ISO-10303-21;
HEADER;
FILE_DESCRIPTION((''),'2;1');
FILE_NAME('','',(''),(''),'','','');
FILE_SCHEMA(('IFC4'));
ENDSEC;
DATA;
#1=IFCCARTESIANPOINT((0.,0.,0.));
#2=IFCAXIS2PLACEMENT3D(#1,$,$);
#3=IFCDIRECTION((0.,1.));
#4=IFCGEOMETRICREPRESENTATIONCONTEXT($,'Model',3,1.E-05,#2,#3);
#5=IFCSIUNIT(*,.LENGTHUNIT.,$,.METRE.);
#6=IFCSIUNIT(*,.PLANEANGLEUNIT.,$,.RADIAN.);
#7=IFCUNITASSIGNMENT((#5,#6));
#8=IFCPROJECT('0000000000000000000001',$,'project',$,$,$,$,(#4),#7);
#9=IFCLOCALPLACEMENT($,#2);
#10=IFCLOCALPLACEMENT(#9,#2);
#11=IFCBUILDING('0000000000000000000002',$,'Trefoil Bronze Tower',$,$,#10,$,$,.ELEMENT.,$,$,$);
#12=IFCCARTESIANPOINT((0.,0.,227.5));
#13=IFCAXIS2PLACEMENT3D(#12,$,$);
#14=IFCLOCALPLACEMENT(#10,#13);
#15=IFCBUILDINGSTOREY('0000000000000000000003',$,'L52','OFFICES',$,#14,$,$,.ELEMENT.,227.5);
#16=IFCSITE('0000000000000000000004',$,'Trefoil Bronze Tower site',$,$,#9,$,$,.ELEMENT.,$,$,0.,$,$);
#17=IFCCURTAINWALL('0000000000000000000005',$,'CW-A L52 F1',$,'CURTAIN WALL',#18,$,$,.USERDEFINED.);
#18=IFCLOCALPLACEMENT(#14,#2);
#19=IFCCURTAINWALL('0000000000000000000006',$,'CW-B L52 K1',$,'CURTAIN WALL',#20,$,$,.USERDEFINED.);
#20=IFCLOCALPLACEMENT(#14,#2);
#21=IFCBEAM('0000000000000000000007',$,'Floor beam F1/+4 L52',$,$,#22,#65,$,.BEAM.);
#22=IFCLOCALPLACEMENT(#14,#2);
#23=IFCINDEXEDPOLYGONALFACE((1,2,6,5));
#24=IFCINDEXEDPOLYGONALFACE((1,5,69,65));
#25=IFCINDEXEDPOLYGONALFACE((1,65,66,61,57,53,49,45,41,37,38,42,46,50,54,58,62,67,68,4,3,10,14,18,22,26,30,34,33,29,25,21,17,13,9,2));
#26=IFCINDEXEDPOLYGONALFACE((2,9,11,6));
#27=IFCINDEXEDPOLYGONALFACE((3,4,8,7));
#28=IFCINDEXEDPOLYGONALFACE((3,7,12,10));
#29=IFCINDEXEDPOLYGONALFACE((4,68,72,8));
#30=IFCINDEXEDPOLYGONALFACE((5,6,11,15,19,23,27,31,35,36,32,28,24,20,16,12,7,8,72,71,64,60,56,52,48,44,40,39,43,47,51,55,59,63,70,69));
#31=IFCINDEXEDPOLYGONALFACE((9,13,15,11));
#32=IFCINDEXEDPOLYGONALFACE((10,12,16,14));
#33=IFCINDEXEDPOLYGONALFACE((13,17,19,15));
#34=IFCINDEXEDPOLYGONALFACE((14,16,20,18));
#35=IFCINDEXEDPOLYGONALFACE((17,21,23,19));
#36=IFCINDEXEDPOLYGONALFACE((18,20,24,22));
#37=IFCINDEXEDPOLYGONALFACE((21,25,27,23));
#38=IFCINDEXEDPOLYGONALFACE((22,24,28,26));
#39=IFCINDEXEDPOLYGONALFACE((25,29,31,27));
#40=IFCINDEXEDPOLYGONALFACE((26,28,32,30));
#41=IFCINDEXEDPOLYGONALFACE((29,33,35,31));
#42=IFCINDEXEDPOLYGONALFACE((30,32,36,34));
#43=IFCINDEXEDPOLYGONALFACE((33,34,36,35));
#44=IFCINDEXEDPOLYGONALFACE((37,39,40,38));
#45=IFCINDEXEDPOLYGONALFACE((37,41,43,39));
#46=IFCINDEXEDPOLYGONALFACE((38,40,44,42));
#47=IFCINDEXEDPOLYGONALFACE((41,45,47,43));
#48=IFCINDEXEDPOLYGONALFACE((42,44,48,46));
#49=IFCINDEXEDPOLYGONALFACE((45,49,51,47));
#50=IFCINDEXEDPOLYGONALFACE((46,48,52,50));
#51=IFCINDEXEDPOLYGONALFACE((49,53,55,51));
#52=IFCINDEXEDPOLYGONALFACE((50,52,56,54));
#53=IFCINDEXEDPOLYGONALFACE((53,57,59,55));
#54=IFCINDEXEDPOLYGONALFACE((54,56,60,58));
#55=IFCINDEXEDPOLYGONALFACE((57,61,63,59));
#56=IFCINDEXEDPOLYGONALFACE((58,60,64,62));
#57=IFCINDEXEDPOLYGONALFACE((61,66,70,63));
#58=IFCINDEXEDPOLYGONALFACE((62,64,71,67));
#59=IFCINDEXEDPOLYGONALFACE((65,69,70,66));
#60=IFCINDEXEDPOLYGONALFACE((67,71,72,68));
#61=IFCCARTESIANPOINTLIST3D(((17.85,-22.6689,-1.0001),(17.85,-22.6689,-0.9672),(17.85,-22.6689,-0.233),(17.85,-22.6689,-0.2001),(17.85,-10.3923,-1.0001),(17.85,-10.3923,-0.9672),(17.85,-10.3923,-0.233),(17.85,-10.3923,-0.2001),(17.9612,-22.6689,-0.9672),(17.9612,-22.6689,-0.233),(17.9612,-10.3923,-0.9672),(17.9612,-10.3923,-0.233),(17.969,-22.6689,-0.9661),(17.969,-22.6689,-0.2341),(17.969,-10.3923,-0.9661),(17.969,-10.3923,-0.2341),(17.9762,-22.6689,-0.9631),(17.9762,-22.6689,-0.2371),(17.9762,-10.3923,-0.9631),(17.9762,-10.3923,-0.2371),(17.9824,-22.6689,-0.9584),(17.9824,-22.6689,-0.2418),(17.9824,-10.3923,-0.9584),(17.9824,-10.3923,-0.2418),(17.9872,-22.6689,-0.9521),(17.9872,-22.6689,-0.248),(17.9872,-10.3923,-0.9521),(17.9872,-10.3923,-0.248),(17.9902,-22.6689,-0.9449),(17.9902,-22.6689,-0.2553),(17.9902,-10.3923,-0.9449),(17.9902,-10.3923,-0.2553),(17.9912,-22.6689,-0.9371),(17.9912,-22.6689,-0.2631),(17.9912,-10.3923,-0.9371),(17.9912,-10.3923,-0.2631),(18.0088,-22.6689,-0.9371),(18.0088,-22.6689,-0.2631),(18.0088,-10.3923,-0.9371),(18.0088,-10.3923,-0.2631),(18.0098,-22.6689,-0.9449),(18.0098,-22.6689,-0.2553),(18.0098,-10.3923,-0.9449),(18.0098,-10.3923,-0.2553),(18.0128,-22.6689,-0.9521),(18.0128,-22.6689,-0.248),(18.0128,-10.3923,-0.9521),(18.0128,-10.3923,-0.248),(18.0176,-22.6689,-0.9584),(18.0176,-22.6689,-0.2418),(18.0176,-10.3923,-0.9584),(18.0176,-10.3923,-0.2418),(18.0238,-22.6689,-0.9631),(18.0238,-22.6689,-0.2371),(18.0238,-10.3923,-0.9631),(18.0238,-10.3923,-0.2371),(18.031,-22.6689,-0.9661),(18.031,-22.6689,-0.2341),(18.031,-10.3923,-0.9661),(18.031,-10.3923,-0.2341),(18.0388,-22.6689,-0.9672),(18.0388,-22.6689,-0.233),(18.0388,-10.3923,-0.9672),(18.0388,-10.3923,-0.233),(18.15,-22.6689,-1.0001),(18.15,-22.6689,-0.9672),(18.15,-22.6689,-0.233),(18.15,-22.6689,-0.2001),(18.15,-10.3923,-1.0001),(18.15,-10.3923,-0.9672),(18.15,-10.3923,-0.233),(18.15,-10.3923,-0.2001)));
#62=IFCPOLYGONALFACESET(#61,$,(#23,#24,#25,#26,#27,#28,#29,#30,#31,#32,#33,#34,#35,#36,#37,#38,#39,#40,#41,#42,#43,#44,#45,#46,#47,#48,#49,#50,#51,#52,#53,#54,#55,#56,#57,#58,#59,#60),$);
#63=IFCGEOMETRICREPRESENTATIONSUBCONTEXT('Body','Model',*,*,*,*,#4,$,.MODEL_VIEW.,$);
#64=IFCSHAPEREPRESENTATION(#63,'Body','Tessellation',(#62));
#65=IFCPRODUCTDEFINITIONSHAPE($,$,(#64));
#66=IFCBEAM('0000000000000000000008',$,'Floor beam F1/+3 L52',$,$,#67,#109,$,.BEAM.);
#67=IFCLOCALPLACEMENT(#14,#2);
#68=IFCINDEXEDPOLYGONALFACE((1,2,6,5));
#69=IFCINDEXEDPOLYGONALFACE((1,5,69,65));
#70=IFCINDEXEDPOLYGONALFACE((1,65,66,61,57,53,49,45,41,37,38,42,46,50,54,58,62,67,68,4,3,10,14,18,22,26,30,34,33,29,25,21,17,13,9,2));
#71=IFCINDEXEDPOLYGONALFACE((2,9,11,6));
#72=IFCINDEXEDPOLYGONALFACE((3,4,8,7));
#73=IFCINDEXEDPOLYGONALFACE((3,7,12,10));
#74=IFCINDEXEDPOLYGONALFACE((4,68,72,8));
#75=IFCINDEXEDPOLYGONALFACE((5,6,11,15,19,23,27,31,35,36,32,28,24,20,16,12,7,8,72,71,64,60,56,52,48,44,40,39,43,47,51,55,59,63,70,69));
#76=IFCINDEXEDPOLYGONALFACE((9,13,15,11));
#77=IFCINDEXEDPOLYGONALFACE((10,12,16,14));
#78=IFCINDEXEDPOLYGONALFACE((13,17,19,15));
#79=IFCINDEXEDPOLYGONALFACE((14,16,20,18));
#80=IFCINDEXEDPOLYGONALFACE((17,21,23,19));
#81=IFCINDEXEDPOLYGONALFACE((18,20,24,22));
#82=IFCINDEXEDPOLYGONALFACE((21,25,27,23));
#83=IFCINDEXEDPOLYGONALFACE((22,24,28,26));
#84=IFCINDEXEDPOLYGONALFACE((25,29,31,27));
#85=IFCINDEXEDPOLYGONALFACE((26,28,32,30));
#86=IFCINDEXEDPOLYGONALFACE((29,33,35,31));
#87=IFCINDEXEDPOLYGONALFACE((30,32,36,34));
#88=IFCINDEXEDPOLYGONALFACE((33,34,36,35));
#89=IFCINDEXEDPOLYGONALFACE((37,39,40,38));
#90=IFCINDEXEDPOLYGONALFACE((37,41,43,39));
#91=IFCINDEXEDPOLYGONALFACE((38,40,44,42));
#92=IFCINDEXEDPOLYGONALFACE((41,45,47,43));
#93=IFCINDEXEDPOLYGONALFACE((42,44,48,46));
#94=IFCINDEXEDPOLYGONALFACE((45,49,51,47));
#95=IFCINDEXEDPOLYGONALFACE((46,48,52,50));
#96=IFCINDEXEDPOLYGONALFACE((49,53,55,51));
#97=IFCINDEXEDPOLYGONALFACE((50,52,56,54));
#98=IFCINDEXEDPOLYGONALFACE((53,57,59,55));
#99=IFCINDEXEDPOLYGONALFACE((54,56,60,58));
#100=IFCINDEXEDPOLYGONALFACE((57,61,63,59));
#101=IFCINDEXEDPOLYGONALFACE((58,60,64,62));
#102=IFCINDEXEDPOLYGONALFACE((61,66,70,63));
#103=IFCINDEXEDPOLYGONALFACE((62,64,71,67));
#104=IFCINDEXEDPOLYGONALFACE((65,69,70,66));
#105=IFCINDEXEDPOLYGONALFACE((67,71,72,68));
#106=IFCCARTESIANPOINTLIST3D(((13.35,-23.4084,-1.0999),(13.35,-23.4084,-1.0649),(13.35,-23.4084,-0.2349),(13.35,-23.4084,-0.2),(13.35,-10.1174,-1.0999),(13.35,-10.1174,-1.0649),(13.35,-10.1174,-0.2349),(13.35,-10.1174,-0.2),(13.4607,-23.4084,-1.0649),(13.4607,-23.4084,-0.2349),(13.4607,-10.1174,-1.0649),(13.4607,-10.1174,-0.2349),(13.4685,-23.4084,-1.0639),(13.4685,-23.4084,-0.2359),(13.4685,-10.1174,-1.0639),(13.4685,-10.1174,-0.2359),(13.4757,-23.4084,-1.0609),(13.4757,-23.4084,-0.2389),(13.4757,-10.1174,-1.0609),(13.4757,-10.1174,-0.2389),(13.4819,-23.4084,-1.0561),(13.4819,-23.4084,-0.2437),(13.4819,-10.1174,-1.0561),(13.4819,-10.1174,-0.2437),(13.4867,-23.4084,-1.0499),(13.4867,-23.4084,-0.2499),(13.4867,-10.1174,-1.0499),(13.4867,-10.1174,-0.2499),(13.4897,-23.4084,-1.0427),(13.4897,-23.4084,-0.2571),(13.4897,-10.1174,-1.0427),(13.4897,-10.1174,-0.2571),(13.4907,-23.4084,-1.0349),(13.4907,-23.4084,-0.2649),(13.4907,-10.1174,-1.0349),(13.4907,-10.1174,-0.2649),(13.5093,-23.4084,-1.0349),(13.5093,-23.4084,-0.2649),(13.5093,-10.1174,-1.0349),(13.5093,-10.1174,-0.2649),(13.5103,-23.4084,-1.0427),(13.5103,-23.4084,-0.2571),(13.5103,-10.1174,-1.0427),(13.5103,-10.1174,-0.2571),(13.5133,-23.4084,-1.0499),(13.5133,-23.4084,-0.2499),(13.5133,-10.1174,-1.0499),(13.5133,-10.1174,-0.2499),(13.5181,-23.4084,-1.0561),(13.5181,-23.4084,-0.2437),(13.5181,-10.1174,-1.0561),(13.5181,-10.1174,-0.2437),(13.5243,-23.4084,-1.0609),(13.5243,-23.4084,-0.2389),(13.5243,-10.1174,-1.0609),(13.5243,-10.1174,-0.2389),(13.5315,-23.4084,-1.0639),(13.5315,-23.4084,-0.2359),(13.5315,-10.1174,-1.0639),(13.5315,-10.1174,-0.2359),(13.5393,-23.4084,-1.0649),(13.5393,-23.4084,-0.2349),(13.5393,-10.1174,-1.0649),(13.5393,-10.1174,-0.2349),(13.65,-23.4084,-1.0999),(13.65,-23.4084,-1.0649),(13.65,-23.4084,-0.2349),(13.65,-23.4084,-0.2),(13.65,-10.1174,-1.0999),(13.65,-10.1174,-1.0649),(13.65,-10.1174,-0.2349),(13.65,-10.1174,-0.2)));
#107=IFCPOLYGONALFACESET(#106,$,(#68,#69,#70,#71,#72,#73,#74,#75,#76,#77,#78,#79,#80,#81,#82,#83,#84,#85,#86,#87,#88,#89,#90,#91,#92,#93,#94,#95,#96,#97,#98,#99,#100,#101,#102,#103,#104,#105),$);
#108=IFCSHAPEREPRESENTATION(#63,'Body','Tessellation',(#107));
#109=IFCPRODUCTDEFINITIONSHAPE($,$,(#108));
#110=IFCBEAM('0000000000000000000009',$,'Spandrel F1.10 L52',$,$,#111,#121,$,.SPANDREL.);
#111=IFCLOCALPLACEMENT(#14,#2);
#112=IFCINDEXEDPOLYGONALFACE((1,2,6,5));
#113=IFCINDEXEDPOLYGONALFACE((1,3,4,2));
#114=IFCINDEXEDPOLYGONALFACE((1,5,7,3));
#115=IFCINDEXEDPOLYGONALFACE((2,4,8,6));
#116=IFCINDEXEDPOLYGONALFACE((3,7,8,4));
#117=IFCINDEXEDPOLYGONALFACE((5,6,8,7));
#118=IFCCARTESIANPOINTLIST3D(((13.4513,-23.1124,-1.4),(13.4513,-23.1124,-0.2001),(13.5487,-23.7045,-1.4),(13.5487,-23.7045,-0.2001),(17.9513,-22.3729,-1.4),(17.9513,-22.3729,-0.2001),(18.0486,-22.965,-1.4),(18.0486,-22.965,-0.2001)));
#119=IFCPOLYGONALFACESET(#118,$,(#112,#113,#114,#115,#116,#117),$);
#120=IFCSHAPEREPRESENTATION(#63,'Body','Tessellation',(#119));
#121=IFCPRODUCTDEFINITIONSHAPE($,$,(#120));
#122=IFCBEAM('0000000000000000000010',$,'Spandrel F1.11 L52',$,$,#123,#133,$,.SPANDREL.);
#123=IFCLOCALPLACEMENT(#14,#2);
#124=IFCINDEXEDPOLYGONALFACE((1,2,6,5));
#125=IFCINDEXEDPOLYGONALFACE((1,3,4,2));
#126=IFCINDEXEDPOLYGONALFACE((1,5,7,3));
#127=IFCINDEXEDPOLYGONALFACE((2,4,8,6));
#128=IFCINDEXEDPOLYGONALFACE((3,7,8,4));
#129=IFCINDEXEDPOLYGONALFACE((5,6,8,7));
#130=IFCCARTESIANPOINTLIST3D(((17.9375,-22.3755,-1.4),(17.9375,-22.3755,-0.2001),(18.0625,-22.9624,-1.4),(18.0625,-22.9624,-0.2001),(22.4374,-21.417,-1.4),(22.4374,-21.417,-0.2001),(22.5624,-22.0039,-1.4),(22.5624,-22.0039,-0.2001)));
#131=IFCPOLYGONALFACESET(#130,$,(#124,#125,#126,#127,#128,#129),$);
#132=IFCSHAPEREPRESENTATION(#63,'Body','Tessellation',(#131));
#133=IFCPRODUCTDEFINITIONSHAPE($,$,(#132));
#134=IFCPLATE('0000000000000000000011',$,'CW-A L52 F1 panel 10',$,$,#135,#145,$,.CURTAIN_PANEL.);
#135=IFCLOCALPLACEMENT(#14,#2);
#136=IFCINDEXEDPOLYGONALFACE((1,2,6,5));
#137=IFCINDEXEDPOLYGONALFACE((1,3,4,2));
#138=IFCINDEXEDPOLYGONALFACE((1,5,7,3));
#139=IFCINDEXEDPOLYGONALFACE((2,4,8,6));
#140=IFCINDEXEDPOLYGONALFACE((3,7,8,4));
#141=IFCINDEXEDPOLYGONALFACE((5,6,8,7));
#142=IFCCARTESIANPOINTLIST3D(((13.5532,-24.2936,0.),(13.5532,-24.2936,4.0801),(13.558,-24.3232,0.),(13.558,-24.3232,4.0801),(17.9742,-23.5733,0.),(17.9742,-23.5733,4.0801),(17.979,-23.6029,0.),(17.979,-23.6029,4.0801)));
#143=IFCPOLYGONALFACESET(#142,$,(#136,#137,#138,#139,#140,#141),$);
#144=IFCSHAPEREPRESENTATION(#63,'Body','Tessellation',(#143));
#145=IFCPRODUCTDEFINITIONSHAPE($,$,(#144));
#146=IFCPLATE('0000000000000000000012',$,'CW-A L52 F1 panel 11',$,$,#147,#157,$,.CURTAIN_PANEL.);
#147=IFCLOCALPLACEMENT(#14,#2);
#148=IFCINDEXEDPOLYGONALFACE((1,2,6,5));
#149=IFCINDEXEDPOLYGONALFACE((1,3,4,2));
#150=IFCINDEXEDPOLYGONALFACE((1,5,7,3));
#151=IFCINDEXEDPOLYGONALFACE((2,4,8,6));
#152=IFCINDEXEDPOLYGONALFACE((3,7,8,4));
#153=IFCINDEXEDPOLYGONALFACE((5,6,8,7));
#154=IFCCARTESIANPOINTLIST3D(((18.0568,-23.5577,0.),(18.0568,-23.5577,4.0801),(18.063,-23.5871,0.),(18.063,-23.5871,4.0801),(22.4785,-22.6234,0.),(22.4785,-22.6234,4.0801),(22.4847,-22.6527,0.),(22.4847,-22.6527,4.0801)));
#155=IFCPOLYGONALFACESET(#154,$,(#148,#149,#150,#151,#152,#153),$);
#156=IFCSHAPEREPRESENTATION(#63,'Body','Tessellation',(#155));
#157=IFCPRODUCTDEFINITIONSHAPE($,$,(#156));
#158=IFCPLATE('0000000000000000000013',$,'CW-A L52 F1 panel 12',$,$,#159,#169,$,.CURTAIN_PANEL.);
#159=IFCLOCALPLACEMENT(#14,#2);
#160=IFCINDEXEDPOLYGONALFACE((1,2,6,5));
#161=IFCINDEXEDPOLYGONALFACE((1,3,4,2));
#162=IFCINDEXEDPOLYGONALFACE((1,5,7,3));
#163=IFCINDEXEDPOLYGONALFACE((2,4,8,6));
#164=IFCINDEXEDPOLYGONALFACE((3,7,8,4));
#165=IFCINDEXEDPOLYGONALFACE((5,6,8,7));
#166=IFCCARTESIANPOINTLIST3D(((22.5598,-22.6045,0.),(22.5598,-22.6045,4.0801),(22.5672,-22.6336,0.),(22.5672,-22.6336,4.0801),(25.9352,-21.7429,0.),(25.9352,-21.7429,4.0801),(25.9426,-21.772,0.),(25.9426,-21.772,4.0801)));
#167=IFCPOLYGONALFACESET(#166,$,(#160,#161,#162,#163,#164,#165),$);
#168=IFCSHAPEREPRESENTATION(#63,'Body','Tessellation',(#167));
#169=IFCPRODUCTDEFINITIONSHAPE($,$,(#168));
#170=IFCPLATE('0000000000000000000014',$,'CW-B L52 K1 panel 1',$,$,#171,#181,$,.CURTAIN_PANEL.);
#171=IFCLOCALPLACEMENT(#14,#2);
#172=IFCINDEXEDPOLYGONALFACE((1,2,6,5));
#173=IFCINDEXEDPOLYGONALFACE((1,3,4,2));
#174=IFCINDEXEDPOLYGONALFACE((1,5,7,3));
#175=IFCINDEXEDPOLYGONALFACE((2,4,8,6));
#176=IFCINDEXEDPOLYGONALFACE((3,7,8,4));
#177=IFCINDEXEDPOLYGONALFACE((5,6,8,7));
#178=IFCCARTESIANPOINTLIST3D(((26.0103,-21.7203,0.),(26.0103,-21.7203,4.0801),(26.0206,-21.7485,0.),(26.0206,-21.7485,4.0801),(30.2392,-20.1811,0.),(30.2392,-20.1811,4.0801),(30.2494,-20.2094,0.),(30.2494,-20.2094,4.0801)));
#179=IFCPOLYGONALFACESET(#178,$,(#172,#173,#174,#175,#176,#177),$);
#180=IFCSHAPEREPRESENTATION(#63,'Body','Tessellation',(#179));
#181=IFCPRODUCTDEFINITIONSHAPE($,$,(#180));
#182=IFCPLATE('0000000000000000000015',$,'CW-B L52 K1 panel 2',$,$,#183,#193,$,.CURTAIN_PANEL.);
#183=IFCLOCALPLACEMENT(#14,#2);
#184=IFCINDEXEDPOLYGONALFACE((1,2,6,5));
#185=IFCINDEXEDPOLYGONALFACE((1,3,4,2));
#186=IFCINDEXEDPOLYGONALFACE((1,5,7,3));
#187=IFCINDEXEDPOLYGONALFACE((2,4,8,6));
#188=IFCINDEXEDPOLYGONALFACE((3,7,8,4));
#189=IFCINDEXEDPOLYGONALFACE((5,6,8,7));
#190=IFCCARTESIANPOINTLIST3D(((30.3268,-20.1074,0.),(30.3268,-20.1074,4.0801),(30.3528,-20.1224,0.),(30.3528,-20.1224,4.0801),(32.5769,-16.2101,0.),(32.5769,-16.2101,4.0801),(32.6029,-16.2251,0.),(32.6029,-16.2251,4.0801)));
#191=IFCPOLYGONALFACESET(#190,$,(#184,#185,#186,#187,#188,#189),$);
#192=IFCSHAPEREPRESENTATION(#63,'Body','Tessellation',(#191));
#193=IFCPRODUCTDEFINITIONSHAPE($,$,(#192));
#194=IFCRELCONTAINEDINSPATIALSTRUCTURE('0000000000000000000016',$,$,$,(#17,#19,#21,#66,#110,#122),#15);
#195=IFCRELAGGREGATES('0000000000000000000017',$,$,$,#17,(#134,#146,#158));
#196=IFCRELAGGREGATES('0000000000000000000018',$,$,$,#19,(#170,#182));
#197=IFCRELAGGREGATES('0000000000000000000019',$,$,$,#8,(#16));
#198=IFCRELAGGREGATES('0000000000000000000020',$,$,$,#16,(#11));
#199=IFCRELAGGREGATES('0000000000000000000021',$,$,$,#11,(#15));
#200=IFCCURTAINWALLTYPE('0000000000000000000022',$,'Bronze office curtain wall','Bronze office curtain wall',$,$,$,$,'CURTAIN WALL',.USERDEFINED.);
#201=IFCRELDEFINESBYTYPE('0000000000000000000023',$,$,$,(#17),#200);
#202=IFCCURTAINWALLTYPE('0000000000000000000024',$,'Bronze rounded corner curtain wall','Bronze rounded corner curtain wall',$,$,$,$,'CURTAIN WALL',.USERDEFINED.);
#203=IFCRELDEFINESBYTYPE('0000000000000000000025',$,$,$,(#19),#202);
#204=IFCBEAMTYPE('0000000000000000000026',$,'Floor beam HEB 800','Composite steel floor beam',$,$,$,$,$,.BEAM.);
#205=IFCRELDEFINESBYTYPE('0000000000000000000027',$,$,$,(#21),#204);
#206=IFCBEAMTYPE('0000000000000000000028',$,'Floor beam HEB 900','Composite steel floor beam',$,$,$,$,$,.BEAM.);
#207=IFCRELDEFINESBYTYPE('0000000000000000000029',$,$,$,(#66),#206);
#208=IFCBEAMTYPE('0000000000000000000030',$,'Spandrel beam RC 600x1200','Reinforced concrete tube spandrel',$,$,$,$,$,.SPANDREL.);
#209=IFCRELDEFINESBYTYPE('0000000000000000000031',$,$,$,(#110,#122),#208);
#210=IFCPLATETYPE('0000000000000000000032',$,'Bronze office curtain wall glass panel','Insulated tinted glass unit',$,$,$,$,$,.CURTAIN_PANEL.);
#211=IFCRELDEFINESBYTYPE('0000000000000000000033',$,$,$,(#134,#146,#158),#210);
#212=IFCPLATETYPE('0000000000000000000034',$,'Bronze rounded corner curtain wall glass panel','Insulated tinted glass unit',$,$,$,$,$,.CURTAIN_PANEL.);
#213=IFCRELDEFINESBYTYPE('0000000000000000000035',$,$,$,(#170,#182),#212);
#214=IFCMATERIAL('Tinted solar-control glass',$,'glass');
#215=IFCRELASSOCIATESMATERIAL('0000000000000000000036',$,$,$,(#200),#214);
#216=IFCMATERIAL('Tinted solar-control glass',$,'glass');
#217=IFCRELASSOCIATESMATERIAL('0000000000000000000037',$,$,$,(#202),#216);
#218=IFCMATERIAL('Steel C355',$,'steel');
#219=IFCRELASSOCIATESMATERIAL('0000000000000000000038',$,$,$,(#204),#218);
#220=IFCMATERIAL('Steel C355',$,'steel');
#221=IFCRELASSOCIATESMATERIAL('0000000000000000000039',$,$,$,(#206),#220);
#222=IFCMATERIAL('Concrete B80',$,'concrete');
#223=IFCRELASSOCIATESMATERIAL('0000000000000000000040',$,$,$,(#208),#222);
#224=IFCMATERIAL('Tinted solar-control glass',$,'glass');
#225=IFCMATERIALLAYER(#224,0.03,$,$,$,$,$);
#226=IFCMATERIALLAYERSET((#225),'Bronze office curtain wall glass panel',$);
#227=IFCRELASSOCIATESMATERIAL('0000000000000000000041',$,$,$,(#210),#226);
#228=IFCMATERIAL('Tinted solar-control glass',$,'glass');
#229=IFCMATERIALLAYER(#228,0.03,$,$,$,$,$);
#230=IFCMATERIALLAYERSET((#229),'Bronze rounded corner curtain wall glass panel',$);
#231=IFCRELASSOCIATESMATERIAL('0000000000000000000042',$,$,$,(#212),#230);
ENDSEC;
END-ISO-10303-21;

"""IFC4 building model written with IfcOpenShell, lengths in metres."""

from ifc_helpers import new_model, si_unit, direction, frame, origin, origin_2d, place, context, subcontext, project, spatial, rectangle, i_section, extrude, material, layer, layer_set, material_profile, profile_set, type_object, element, aggregate, save


model = new_model("IFC4")

# Units and contexts
model_context = context("Model", 3, precision=1e-05, world=origin(), true_north=direction((0.0, 1.0)))
body_context = subcontext(model_context, "Body", "Model", "MODEL_VIEW")
ifc_project = project(units=[si_unit("LENGTHUNIT", "METRE"), si_unit("PLANEANGLEUNIT", "RADIAN")], contexts=[model_context])

# Site, building, storey
site_placement = place(None, origin())
site = spatial("IfcSite", under=ifc_project, at=site_placement, Name="Trefoil Bronze Tower site", CompositionType="ELEMENT", RefElevation=0.0)
building_placement = place(site_placement, origin())
building = spatial("IfcBuilding", under=site, at=building_placement, Name="Trefoil Bronze Tower", CompositionType="ELEMENT")
storey_placement = place(building_placement, frame((0.0, 0.0, 227.5)))
storey = spatial("IfcBuildingStorey", under=building, at=storey_placement, Name="L52", Description="OFFICES", CompositionType="ELEMENT", Elevation=227.5)

# Curtain walls
ifc_material_1 = material(Name="Tinted solar-control glass", Category="glass")
curtain_wall_type_1 = type_object("IfcCurtainWallType", Name="Bronze office curtain wall", Description="Bronze office curtain wall", ElementType="CURTAIN WALL", PredefinedType="USERDEFINED", material=ifc_material_1)
curtain_wall_1_placement = place(storey_placement, origin())
curtain_wall_1 = element("IfcCurtainWall", 1, at=curtain_wall_1_placement, inside=storey, type_object=curtain_wall_type_1, Name="CW-A L52 F1", ObjectType="CURTAIN WALL", PredefinedType="USERDEFINED")
ifc_material_2 = material(Name="Tinted solar-control glass", Category="glass")
curtain_wall_type_2 = type_object("IfcCurtainWallType", Name="Bronze rounded corner curtain wall", Description="Bronze rounded corner curtain wall", ElementType="CURTAIN WALL", PredefinedType="USERDEFINED", material=ifc_material_2)
curtain_wall_2_placement = place(storey_placement, origin())
curtain_wall_2 = element("IfcCurtainWall", 2, at=curtain_wall_2_placement, inside=storey, type_object=curtain_wall_type_2, Name="CW-B L52 K1", ObjectType="CURTAIN WALL", PredefinedType="USERDEFINED")

# Beams
ifc_material_3 = material(Name="Steel C355", Category="steel")
ifc_material_profile_1 = material_profile(ifc_material_3, i_section(OverallWidth=0.3, OverallDepth=0.8, WebThickness=0.0176, FlangeThickness=0.033, FilletRadius=0.03, at=origin_2d()), Name="HEB 800")
ifc_profile_set_1 = profile_set([ifc_material_profile_1], Name="Steel C355")
beam_type_1 = type_object("IfcBeamType", Name="Floor beam HEB 800", Description="Composite steel floor beam", PredefinedType="BEAM", material=ifc_profile_set_1)
beam_1_placement = place(storey_placement, frame((18.0, -22.6689, -0.6001), z_axis=(0.0, 1.0, 0.0), x_axis=(-1.0, 0.0, 0.0)))
element("IfcBeam", 3, at=beam_1_placement, inside=storey, type_object=beam_type_1, Name="Floor beam F1/+4 L52", PredefinedType="BEAM", context=body_context, shape_type="SweptSolid", body=[
    extrude(i_section(OverallWidth=0.3, OverallDepth=0.8, WebThickness=0.0176, FlangeThickness=0.033, FilletRadius=0.03, at=origin_2d()), origin(), (0.0, 0.0, 1.0), 12.2766),
])
ifc_material_4 = material(Name="Steel C355", Category="steel")
ifc_material_profile_2 = material_profile(ifc_material_4, i_section(OverallWidth=0.3, OverallDepth=0.8999, WebThickness=0.0186, FlangeThickness=0.0349, FilletRadius=0.03, at=origin_2d()), Name="HEB 900")
ifc_profile_set_2 = profile_set([ifc_material_profile_2], Name="Steel C355")
beam_type_2 = type_object("IfcBeamType", Name="Floor beam HEB 900", Description="Composite steel floor beam", PredefinedType="BEAM", material=ifc_profile_set_2)
beam_2_placement = place(storey_placement, frame((13.5, -23.4084, -0.6499), z_axis=(0.0, 1.0, 0.0), x_axis=(-1.0, 0.0, 0.0)))
element("IfcBeam", 4, at=beam_2_placement, inside=storey, type_object=beam_type_2, Name="Floor beam F1/+3 L52", PredefinedType="BEAM", context=body_context, shape_type="SweptSolid", body=[
    extrude(i_section(OverallWidth=0.3, OverallDepth=0.8999, WebThickness=0.0186, FlangeThickness=0.0349, FilletRadius=0.03, at=origin_2d()), origin(), (0.0, 0.0, 1.0), 13.291),
])
ifc_material_5 = material(Name="Concrete B80", Category="concrete")
ifc_material_profile_3 = material_profile(ifc_material_5, rectangle(XDim=0.6001, YDim=1.2, at=origin_2d()), Name="RC 600x1200")
ifc_profile_set_3 = profile_set([ifc_material_profile_3], Name="Concrete B80")
beam_type_3 = type_object("IfcBeamType", Name="Spandrel beam RC 600x1200", Description="Reinforced concrete tube spandrel", PredefinedType="SPANDREL", material=ifc_profile_set_3)
beam_3_placement = place(storey_placement, frame((13.5, -23.4084, -0.8), z_axis=(0.986765, 0.162159, 0.0), x_axis=(-0.162159, 0.986765, 0.0)))
element("IfcBeam", 5, at=beam_3_placement, inside=storey, type_object=beam_type_3, Name="Spandrel F1.10 L52", PredefinedType="SPANDREL", context=body_context, shape_type="SweptSolid", body=[
    extrude(rectangle(XDim=0.6001, YDim=1.2, at=origin_2d()), origin(), (0.0, 0.0, 1.0), 4.5603),
])
beam_4_placement = place(storey_placement, frame((18.0, -22.6689, -0.8), z_axis=(0.978059, 0.208326, 0.0), x_axis=(-0.208326, 0.978059, 0.0)))
element("IfcBeam", 6, at=beam_4_placement, inside=storey, type_object=beam_type_3, Name="Spandrel F1.11 L52", PredefinedType="SPANDREL", context=body_context, shape_type="SweptSolid", body=[
    extrude(rectangle(XDim=0.6001, YDim=1.2, at=origin_2d()), origin(), (0.0, 0.0, 1.0), 4.6008),
])

# Plates
ifc_material_6 = material(Name="Tinted solar-control glass", Category="glass")
ifc_layer_1 = layer(ifc_material_6, 0.03)
ifc_layer_set_1 = layer_set([ifc_layer_1], Name="Bronze office curtain wall glass panel")
plate_type_1 = type_object("IfcPlateType", Name="Bronze office curtain wall glass panel", Description="Insulated tinted glass unit", PredefinedType="CURTAIN_PANEL", material=ifc_layer_set_1)
plate_1_placement = place(storey_placement, frame((15.7661, -23.9482, 0.0), z_axis=(0.0, 0.0, 1.0), x_axis=(0.986987, 0.160803, 0.0)))
plate_1 = element("IfcPlate", 7, at=plate_1_placement, type_object=plate_type_1, Name="CW-A L52 F1 panel 10", PredefinedType="CURTAIN_PANEL", context=body_context, shape_type="SweptSolid", body=[
    extrude(rectangle(XDim=4.4792, YDim=0.03, at=origin_2d()), origin(), (0.0, 0.0, 1.0), 4.0801),
])
plate_2_placement = place(storey_placement, frame((20.2708, -23.1052, 0.0), z_axis=(0.0, 0.0, 1.0), x_axis=(0.978394, 0.206747, 0.0)))
plate_2 = element("IfcPlate", 8, at=plate_2_placement, type_object=plate_type_1, Name="CW-A L52 F1 panel 11", PredefinedType="CURTAIN_PANEL", context=body_context, shape_type="SweptSolid", body=[
    extrude(rectangle(XDim=4.5193, YDim=0.03, at=origin_2d()), origin(), (0.0, 0.0, 1.0), 4.0801),
])
plate_3_placement = place(storey_placement, frame((24.2512, -22.1882, 0.0), z_axis=(0.0, 0.0, 1.0), x_axis=(0.968934, 0.247319, 0.0)))
plate_3 = element("IfcPlate", 9, at=plate_3_placement, type_object=plate_type_1, Name="CW-A L52 F1 panel 12", PredefinedType="CURTAIN_PANEL", context=body_context, shape_type="SweptSolid", body=[
    extrude(rectangle(XDim=3.4836, YDim=0.03, at=origin_2d()), origin(), (0.0, 0.0, 1.0), 4.0801),
])
aggregate(curtain_wall_1, [plate_1, plate_2, plate_3])
ifc_material_7 = material(Name="Tinted solar-control glass", Category="glass")
ifc_layer_2 = layer(ifc_material_7, 0.03)
ifc_layer_set_2 = layer_set([ifc_layer_2], Name="Bronze rounded corner curtain wall glass panel")
plate_type_2 = type_object("IfcPlateType", Name="Bronze rounded corner curtain wall glass panel", Description="Insulated tinted glass unit", PredefinedType="CURTAIN_PANEL", material=ifc_layer_set_2)
plate_4_placement = place(storey_placement, frame((28.1299, -20.9648, 0.0), z_axis=(0.0, 0.0, 1.0), x_axis=(0.939693, 0.34202, 0.0)))
plate_4 = element("IfcPlate", 10, at=plate_4_placement, type_object=plate_type_2, Name="CW-B L52 K1 panel 1", PredefinedType="CURTAIN_PANEL", context=body_context, shape_type="SweptSolid", body=[
    extrude(rectangle(XDim=4.5002, YDim=0.03, at=origin_2d()), origin(), (0.0, 0.0, 1.0), 4.0801),
])
plate_5_placement = place(storey_placement, frame((31.4648, -18.1663, 0.0), z_axis=(0.0, 0.0, 1.0), x_axis=(0.5, 0.866025, 0.0)))
plate_5 = element("IfcPlate", 11, at=plate_5_placement, type_object=plate_type_2, Name="CW-B L52 K1 panel 2", PredefinedType="CURTAIN_PANEL", context=body_context, shape_type="SweptSolid", body=[
    extrude(rectangle(XDim=4.5002, YDim=0.03, at=origin_2d()), origin(), (0.0, 0.0, 1.0), 4.0801),
])
aggregate(curtain_wall_2, [plate_4, plate_5])

save(model, "model.ifc")
